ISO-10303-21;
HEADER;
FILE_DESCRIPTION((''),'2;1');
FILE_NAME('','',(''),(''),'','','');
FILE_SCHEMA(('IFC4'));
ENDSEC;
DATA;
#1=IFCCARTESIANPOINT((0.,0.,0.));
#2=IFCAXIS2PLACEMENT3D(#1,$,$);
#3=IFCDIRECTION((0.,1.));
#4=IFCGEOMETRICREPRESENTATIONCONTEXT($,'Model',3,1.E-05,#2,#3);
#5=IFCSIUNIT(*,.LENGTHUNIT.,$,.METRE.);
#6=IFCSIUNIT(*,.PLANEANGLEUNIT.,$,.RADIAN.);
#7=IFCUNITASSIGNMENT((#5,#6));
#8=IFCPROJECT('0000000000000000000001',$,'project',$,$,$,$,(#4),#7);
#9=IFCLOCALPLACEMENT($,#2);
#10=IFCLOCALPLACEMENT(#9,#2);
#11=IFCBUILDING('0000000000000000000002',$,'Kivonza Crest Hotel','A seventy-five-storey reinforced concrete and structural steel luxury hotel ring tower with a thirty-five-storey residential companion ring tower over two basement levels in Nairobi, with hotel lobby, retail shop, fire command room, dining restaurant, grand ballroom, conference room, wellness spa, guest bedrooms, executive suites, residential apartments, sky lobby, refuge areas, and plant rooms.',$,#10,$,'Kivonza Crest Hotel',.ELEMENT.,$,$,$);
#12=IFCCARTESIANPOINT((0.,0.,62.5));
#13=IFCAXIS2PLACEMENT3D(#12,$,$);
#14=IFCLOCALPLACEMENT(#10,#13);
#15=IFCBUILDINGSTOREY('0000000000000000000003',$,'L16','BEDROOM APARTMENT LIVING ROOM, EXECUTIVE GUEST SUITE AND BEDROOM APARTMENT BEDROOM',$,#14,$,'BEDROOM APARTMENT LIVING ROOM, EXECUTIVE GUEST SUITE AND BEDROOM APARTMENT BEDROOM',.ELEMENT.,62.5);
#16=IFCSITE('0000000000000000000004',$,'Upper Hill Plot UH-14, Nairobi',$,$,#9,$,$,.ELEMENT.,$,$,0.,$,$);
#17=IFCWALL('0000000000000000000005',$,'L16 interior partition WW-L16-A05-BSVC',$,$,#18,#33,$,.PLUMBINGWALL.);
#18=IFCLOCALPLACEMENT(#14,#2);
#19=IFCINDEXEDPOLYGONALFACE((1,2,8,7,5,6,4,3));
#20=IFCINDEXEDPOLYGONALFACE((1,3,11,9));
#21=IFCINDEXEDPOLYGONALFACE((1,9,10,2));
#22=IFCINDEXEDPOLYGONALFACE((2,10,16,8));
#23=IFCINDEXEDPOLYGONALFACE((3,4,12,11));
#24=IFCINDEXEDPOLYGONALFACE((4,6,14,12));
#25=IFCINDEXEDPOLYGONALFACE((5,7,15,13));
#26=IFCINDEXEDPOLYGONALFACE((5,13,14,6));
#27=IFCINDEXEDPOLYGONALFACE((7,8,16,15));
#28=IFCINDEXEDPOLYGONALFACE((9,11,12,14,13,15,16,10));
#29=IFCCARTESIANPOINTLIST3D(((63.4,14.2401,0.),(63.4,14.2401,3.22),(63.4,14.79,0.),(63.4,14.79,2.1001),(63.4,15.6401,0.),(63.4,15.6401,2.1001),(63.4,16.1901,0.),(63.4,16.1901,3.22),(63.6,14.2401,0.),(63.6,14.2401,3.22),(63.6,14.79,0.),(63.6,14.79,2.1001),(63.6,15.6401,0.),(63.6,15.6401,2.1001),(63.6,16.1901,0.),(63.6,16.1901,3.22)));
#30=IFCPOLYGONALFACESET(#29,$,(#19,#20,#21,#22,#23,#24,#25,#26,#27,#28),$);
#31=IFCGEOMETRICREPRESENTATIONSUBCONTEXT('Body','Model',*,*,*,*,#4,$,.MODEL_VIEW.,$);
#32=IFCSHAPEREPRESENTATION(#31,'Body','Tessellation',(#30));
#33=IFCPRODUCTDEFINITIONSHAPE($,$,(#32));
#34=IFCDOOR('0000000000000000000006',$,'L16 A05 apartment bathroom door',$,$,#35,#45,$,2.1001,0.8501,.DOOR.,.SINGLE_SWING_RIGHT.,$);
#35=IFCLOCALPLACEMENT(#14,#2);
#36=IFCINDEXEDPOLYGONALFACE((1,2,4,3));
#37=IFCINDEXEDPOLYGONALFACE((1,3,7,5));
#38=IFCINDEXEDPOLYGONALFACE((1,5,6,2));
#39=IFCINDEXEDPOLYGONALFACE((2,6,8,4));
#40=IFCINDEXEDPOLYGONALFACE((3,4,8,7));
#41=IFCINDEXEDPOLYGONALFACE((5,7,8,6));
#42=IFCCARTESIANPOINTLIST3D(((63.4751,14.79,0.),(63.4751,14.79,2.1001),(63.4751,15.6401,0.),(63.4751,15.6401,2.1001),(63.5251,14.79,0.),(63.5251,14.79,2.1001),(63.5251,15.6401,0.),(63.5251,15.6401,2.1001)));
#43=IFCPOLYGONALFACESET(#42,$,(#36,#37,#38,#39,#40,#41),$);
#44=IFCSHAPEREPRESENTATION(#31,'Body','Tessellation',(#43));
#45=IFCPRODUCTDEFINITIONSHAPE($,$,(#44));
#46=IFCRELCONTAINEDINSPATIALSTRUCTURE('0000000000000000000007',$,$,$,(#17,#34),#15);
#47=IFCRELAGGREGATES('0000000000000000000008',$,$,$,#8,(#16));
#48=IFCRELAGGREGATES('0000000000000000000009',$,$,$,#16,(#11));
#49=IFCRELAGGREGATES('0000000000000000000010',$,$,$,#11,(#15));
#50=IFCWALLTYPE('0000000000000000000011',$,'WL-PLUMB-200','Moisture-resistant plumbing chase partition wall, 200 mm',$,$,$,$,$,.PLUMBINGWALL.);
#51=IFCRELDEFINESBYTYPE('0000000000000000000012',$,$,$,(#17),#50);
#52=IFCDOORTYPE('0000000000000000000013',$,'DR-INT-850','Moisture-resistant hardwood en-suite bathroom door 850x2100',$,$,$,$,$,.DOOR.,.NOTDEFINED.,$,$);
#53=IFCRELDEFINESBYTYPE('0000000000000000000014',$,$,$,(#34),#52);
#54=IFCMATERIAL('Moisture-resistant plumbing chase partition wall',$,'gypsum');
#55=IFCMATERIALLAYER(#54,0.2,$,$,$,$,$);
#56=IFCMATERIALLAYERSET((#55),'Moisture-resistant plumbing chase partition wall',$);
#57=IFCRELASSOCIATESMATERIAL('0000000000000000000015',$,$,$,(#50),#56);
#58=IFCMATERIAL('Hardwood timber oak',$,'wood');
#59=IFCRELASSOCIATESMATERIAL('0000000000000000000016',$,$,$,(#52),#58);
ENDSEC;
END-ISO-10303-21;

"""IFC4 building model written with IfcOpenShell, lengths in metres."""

from ifc_helpers import new_model, si_unit, direction, frame, frame_2d, origin, place, context, subcontext, project, spatial, rectangle, extrude, material, layer, layer_set, type_object, element, fill, save


model = new_model("IFC4")

# Units and contexts
model_context = context("Model", 3, precision=1e-05, world=origin(), true_north=direction((0.0, 1.0)))
body_context = subcontext(model_context, "Body", "Model", "MODEL_VIEW")
ifc_project = project(units=[si_unit("LENGTHUNIT", "METRE"), si_unit("PLANEANGLEUNIT", "RADIAN")], contexts=[model_context])

# Site, building, storey
site_placement = place(None, origin())
site = spatial("IfcSite", under=ifc_project, at=site_placement, Name="Upper Hill Plot UH-14, Nairobi", CompositionType="ELEMENT", RefElevation=0.0)
building_placement = place(site_placement, origin())
building = spatial("IfcBuilding", under=site, at=building_placement, Name="Kivonza Crest Hotel", Description="A seventy-five-storey reinforced concrete and structural steel luxury hotel ring tower with a thirty-five-storey residential companion ring tower over two basement levels in Nairobi, with hotel lobby, retail shop, fire command room, dining restaurant, grand ballroom, conference room, wellness spa, guest bedrooms, executive suites, residential apartments, sky lobby, refuge areas, and plant rooms.", LongName="Kivonza Crest Hotel", CompositionType="ELEMENT")
storey_placement = place(building_placement, frame((0.0, 0.0, 62.5)))
storey = spatial("IfcBuildingStorey", under=building, at=storey_placement, Name="L16", Description="BEDROOM APARTMENT LIVING ROOM, EXECUTIVE GUEST SUITE AND BEDROOM APARTMENT BEDROOM", LongName="BEDROOM APARTMENT LIVING ROOM, EXECUTIVE GUEST SUITE AND BEDROOM APARTMENT BEDROOM", CompositionType="ELEMENT", Elevation=62.5)

# Wall, opening, door
ifc_material_1 = material(Name="Hardwood timber oak", Category="wood")
ifc_material_2 = material(Name="Moisture-resistant plumbing chase partition wall", Category="gypsum")
ifc_layer_1 = layer(ifc_material_2, 0.2)
ifc_layer_set_1 = layer_set([ifc_layer_1], Name="Moisture-resistant plumbing chase partition wall")
wall_type_1 = type_object("IfcWallType", Name="WL-PLUMB-200", Description="Moisture-resistant plumbing chase partition wall, 200 mm", PredefinedType="PLUMBINGWALL", material=ifc_layer_set_1)
wall_1_placement = place(storey_placement, frame((63.5, 14.24, 0.0), z_axis=(0.0, 0.0, 1.0), x_axis=(0.0, 1.0, 0.0)))
wall_1 = element("IfcWall", 1, at=wall_1_placement, inside=storey, type_object=wall_type_1, Name="L16 interior partition WW-L16-A05-BSVC", PredefinedType="PLUMBINGWALL", context=body_context, shape_type="SweptSolid", body=[
    extrude(rectangle(XDim=1.95, YDim=0.2, at=frame_2d((0.9751, 0.0))), origin(), (0.0, 0.0, 1.0), 3.22),
])
opening_1_placement = place(wall_1_placement, frame((0.55, 0.0, 0.0)))
opening_1 = element("IfcOpeningElement", 2, at=opening_1_placement, cuts=wall_1, PredefinedType="OPENING", context=body_context, shape_type="SweptSolid", body=[
    extrude(rectangle(XDim=0.8501, YDim=2.1001, at=frame_2d((0.425, 1.05))), frame((0.0, 0.1099, 0.0), z_axis=(0.0, -1.0, 0.0), x_axis=(1.0, 0.0, 0.0)), (0.0, 0.0, 1.0), 0.22),
])
door_type_1 = type_object("IfcDoorType", Name="DR-INT-850", Description="Moisture-resistant hardwood en-suite bathroom door 850x2100", OperationType="NOTDEFINED", PredefinedType="DOOR", material=ifc_material_1)
door_1_placement = place(opening_1_placement, origin())
door_1 = element("IfcDoor", 3, at=door_1_placement, inside=storey, type_object=door_type_1, Name="L16 A05 apartment bathroom door", OperationType="SINGLE_SWING_RIGHT", OverallHeight=2.1001, OverallWidth=0.8501, PredefinedType="DOOR", context=body_context, shape_type="SweptSolid", body=[
    extrude(rectangle(XDim=0.8501, YDim=2.1001, at=frame_2d((0.425, 1.05))), frame((0.0, 0.0249, 0.0), z_axis=(0.0, -1.0, 0.0), x_axis=(1.0, 0.0, 0.0)), (0.0, 0.0, 1.0), 0.05),
])
fill(opening_1, door_1)

save(model, "model.ifc")
